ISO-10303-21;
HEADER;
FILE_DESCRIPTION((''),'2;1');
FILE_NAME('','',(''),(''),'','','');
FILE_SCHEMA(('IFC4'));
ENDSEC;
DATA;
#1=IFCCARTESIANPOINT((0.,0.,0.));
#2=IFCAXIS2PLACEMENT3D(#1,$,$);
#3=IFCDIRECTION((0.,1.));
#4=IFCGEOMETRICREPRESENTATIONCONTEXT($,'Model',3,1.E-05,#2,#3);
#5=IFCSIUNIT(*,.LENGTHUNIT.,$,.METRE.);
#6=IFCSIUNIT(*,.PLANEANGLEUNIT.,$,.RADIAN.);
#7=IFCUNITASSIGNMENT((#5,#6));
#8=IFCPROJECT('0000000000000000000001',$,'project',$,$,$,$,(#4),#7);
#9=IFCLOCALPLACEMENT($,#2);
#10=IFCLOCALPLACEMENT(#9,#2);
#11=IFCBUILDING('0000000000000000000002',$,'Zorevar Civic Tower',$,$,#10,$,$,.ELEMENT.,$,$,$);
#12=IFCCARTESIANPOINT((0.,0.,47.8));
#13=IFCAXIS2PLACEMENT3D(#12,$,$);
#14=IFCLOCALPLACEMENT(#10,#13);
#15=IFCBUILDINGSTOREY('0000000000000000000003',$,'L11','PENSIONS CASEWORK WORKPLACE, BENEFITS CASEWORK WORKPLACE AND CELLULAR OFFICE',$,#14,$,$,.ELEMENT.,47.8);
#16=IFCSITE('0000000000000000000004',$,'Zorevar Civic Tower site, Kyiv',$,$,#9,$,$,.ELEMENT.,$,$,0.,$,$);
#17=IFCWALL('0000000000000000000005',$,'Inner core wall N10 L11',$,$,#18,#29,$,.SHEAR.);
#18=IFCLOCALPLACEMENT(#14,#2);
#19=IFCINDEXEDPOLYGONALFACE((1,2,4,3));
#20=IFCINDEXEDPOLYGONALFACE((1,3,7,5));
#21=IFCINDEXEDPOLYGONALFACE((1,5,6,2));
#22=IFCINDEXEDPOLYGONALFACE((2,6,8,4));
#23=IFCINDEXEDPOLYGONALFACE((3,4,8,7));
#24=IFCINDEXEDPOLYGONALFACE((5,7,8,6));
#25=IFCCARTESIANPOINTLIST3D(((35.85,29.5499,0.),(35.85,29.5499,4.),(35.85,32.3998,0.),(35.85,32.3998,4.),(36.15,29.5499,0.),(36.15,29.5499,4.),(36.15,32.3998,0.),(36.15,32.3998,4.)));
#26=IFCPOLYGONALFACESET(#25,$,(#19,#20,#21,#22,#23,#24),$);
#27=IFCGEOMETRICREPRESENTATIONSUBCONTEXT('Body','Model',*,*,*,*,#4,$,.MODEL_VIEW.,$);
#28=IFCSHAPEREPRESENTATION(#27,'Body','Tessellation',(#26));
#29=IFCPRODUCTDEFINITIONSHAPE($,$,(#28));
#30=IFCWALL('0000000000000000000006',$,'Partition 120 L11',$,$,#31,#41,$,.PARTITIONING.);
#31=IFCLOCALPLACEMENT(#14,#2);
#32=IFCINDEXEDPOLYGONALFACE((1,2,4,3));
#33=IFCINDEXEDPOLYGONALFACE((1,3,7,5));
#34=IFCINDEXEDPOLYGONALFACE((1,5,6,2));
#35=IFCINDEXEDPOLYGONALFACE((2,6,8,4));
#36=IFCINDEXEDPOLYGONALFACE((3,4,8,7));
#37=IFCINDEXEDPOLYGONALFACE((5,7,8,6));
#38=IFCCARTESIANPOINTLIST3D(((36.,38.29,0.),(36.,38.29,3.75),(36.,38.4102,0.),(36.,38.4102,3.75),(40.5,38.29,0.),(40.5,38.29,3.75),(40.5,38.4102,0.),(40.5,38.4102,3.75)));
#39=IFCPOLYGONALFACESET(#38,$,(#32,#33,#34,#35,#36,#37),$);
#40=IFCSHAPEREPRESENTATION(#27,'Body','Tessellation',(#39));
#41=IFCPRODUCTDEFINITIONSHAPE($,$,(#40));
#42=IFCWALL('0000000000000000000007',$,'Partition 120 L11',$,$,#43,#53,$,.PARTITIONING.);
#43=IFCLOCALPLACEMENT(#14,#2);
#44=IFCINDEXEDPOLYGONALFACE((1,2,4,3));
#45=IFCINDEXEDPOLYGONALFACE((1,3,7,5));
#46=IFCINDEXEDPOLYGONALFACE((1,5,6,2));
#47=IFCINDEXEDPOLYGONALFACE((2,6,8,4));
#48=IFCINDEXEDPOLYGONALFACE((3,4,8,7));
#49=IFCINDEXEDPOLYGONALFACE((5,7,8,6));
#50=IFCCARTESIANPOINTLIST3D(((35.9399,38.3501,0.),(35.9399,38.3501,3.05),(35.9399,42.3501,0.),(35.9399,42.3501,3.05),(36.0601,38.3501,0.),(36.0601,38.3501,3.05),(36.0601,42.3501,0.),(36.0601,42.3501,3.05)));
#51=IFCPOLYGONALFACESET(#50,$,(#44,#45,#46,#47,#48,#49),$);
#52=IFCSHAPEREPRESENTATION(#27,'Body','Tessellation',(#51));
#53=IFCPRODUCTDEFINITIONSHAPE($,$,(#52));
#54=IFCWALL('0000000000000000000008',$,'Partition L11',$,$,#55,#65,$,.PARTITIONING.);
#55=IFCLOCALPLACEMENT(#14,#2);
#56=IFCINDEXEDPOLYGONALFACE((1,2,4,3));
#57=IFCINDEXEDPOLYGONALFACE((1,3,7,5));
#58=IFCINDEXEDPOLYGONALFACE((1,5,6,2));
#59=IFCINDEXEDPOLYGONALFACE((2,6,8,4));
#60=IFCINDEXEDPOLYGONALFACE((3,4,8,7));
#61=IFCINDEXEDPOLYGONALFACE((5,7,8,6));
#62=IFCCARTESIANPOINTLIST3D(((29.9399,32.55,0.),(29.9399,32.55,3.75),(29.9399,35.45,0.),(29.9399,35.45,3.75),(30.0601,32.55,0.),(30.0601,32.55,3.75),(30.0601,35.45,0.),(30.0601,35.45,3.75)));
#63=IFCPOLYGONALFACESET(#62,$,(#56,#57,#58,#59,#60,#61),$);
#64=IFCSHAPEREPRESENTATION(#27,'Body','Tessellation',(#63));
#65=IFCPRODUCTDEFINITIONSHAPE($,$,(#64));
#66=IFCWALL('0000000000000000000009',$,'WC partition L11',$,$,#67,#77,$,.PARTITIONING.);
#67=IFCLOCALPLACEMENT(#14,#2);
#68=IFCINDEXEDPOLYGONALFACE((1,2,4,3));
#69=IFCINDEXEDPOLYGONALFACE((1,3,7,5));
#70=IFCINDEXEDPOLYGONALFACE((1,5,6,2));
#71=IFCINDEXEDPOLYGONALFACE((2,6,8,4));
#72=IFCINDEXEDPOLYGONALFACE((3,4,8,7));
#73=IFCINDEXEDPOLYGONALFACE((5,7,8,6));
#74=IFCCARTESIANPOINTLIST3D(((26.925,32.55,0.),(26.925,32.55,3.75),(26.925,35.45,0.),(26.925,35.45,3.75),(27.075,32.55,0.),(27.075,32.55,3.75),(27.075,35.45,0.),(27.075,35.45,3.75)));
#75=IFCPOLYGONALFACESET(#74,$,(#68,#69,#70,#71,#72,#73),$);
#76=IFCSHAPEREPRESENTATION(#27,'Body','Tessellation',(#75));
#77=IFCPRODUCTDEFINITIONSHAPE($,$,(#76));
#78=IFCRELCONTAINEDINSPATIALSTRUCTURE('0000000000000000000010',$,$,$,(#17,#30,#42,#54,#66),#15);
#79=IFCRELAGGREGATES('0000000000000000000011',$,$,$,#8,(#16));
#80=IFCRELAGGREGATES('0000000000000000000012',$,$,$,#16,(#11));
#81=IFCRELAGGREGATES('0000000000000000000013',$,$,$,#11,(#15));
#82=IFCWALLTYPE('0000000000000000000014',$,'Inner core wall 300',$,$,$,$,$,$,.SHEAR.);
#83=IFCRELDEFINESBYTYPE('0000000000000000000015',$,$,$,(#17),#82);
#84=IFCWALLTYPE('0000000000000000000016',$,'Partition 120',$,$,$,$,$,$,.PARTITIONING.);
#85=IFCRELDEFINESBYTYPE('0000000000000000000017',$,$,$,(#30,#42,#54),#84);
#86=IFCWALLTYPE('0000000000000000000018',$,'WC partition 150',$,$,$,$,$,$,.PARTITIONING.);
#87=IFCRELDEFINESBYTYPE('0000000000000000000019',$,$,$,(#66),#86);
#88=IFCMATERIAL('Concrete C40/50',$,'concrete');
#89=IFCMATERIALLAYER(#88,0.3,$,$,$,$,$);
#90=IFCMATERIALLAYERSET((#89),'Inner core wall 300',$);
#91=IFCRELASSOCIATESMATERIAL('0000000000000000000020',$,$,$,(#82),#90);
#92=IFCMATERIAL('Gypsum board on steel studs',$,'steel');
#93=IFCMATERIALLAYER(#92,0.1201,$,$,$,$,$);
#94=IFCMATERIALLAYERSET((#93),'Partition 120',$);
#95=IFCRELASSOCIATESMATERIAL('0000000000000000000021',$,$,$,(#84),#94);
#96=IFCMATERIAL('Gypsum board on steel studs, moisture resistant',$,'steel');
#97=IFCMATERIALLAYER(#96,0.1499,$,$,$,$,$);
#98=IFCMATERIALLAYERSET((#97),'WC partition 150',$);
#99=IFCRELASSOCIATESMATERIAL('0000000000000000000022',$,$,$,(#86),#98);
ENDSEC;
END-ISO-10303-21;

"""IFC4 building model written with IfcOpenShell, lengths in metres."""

from ifc_helpers import new_model, si_unit, direction, frame, frame_2d, origin, place, context, subcontext, project, spatial, rectangle, extrude, material, layer, layer_set, type_object, element, save


model = new_model("IFC4")

# Units and contexts
model_context = context("Model", 3, precision=1e-05, world=origin(), true_north=direction((0.0, 1.0)))
body_context = subcontext(model_context, "Body", "Model", "MODEL_VIEW")
ifc_project = project(units=[si_unit("LENGTHUNIT", "METRE"), si_unit("PLANEANGLEUNIT", "RADIAN")], contexts=[model_context])

# Site, building, storey
site_placement = place(None, origin())
site = spatial("IfcSite", under=ifc_project, at=site_placement, Name="Zorevar Civic Tower site, Kyiv", CompositionType="ELEMENT", RefElevation=0.0)
building_placement = place(site_placement, origin())
building = spatial("IfcBuilding", under=site, at=building_placement, Name="Zorevar Civic Tower", CompositionType="ELEMENT")
storey_placement = place(building_placement, frame((0.0, 0.0, 47.8)))
storey = spatial("IfcBuildingStorey", under=building, at=storey_placement, Name="L11", Description="PENSIONS CASEWORK WORKPLACE, BENEFITS CASEWORK WORKPLACE AND CELLULAR OFFICE", CompositionType="ELEMENT", Elevation=47.8)

# Walls
ifc_material_1 = material(Name="Concrete C40/50", Category="concrete")
ifc_layer_1 = layer(ifc_material_1, 0.3)
ifc_layer_set_1 = layer_set([ifc_layer_1], Name="Inner core wall 300")
wall_type_1 = type_object("IfcWallType", Name="Inner core wall 300", PredefinedType="SHEAR", material=ifc_layer_set_1)
wall_1_placement = place(storey_placement, frame((36.0, 29.55, 0.0), z_axis=(0.0, 0.0, 1.0), x_axis=(0.0, 1.0, 0.0)))
element("IfcWall", 1, at=wall_1_placement, inside=storey, type_object=wall_type_1, Name="Inner core wall N10 L11", PredefinedType="SHEAR", context=body_context, shape_type="SweptSolid", body=[
    extrude(rectangle(XDim=2.8499, YDim=0.3, at=frame_2d((1.4248, 0.0))), origin(), (0.0, 0.0, 1.0), 4.0),
])
ifc_material_2 = material(Name="Gypsum board on steel studs", Category="steel")
ifc_layer_2 = layer(ifc_material_2, 0.1201)
ifc_layer_set_2 = layer_set([ifc_layer_2], Name="Partition 120")
wall_type_2 = type_object("IfcWallType", Name="Partition 120", PredefinedType="PARTITIONING", material=ifc_layer_set_2)
wall_2_placement = place(storey_placement, frame((36.0, 38.3501, 0.0), z_axis=(0.0, 0.0, 1.0), x_axis=(1.0, 0.0, 0.0)))
element("IfcWall", 2, at=wall_2_placement, inside=storey, type_object=wall_type_2, Name="Partition 120 L11", PredefinedType="PARTITIONING", context=body_context, shape_type="SweptSolid", body=[
    extrude(rectangle(XDim=4.5, YDim=0.1201, at=frame_2d((2.25, 0.0))), origin(), (0.0, 0.0, 1.0), 3.75),
])
wall_3_placement = place(storey_placement, frame((36.0, 38.3501, 0.0), z_axis=(0.0, 0.0, 1.0), x_axis=(0.0, 1.0, 0.0)))
element("IfcWall", 3, at=wall_3_placement, inside=storey, type_object=wall_type_2, Name="Partition 120 L11", PredefinedType="PARTITIONING", context=body_context, shape_type="SweptSolid", body=[
    extrude(rectangle(XDim=4.0, YDim=0.1201, at=frame_2d((2.0, 0.0))), origin(), (0.0, 0.0, 1.0), 3.05),
])
wall_4_placement = place(storey_placement, frame((30.0, 32.55, 0.0), z_axis=(0.0, 0.0, 1.0), x_axis=(0.0, 1.0, 0.0)))
element("IfcWall", 4, at=wall_4_placement, inside=storey, type_object=wall_type_2, Name="Partition L11", PredefinedType="PARTITIONING", context=body_context, shape_type="SweptSolid", body=[
    extrude(rectangle(XDim=2.8999, YDim=0.1201, at=frame_2d((1.45, 0.0))), origin(), (0.0, 0.0, 1.0), 3.75),
])
ifc_material_3 = material(Name="Gypsum board on steel studs, moisture resistant", Category="steel")
ifc_layer_3 = layer(ifc_material_3, 0.1499)
ifc_layer_set_3 = layer_set([ifc_layer_3], Name="WC partition 150")
wall_type_3 = type_object("IfcWallType", Name="WC partition 150", PredefinedType="PARTITIONING", material=ifc_layer_set_3)
wall_5_placement = place(storey_placement, frame((27.0, 32.55, 0.0), z_axis=(0.0, 0.0, 1.0), x_axis=(0.0, 1.0, 0.0)))
element("IfcWall", 5, at=wall_5_placement, inside=storey, type_object=wall_type_3, Name="WC partition L11", PredefinedType="PARTITIONING", context=body_context, shape_type="SweptSolid", body=[
    extrude(rectangle(XDim=2.8999, YDim=0.1499, at=frame_2d((1.45, 0.0))), origin(), (0.0, 0.0, 1.0), 3.75),
])

save(model, "model.ifc")
